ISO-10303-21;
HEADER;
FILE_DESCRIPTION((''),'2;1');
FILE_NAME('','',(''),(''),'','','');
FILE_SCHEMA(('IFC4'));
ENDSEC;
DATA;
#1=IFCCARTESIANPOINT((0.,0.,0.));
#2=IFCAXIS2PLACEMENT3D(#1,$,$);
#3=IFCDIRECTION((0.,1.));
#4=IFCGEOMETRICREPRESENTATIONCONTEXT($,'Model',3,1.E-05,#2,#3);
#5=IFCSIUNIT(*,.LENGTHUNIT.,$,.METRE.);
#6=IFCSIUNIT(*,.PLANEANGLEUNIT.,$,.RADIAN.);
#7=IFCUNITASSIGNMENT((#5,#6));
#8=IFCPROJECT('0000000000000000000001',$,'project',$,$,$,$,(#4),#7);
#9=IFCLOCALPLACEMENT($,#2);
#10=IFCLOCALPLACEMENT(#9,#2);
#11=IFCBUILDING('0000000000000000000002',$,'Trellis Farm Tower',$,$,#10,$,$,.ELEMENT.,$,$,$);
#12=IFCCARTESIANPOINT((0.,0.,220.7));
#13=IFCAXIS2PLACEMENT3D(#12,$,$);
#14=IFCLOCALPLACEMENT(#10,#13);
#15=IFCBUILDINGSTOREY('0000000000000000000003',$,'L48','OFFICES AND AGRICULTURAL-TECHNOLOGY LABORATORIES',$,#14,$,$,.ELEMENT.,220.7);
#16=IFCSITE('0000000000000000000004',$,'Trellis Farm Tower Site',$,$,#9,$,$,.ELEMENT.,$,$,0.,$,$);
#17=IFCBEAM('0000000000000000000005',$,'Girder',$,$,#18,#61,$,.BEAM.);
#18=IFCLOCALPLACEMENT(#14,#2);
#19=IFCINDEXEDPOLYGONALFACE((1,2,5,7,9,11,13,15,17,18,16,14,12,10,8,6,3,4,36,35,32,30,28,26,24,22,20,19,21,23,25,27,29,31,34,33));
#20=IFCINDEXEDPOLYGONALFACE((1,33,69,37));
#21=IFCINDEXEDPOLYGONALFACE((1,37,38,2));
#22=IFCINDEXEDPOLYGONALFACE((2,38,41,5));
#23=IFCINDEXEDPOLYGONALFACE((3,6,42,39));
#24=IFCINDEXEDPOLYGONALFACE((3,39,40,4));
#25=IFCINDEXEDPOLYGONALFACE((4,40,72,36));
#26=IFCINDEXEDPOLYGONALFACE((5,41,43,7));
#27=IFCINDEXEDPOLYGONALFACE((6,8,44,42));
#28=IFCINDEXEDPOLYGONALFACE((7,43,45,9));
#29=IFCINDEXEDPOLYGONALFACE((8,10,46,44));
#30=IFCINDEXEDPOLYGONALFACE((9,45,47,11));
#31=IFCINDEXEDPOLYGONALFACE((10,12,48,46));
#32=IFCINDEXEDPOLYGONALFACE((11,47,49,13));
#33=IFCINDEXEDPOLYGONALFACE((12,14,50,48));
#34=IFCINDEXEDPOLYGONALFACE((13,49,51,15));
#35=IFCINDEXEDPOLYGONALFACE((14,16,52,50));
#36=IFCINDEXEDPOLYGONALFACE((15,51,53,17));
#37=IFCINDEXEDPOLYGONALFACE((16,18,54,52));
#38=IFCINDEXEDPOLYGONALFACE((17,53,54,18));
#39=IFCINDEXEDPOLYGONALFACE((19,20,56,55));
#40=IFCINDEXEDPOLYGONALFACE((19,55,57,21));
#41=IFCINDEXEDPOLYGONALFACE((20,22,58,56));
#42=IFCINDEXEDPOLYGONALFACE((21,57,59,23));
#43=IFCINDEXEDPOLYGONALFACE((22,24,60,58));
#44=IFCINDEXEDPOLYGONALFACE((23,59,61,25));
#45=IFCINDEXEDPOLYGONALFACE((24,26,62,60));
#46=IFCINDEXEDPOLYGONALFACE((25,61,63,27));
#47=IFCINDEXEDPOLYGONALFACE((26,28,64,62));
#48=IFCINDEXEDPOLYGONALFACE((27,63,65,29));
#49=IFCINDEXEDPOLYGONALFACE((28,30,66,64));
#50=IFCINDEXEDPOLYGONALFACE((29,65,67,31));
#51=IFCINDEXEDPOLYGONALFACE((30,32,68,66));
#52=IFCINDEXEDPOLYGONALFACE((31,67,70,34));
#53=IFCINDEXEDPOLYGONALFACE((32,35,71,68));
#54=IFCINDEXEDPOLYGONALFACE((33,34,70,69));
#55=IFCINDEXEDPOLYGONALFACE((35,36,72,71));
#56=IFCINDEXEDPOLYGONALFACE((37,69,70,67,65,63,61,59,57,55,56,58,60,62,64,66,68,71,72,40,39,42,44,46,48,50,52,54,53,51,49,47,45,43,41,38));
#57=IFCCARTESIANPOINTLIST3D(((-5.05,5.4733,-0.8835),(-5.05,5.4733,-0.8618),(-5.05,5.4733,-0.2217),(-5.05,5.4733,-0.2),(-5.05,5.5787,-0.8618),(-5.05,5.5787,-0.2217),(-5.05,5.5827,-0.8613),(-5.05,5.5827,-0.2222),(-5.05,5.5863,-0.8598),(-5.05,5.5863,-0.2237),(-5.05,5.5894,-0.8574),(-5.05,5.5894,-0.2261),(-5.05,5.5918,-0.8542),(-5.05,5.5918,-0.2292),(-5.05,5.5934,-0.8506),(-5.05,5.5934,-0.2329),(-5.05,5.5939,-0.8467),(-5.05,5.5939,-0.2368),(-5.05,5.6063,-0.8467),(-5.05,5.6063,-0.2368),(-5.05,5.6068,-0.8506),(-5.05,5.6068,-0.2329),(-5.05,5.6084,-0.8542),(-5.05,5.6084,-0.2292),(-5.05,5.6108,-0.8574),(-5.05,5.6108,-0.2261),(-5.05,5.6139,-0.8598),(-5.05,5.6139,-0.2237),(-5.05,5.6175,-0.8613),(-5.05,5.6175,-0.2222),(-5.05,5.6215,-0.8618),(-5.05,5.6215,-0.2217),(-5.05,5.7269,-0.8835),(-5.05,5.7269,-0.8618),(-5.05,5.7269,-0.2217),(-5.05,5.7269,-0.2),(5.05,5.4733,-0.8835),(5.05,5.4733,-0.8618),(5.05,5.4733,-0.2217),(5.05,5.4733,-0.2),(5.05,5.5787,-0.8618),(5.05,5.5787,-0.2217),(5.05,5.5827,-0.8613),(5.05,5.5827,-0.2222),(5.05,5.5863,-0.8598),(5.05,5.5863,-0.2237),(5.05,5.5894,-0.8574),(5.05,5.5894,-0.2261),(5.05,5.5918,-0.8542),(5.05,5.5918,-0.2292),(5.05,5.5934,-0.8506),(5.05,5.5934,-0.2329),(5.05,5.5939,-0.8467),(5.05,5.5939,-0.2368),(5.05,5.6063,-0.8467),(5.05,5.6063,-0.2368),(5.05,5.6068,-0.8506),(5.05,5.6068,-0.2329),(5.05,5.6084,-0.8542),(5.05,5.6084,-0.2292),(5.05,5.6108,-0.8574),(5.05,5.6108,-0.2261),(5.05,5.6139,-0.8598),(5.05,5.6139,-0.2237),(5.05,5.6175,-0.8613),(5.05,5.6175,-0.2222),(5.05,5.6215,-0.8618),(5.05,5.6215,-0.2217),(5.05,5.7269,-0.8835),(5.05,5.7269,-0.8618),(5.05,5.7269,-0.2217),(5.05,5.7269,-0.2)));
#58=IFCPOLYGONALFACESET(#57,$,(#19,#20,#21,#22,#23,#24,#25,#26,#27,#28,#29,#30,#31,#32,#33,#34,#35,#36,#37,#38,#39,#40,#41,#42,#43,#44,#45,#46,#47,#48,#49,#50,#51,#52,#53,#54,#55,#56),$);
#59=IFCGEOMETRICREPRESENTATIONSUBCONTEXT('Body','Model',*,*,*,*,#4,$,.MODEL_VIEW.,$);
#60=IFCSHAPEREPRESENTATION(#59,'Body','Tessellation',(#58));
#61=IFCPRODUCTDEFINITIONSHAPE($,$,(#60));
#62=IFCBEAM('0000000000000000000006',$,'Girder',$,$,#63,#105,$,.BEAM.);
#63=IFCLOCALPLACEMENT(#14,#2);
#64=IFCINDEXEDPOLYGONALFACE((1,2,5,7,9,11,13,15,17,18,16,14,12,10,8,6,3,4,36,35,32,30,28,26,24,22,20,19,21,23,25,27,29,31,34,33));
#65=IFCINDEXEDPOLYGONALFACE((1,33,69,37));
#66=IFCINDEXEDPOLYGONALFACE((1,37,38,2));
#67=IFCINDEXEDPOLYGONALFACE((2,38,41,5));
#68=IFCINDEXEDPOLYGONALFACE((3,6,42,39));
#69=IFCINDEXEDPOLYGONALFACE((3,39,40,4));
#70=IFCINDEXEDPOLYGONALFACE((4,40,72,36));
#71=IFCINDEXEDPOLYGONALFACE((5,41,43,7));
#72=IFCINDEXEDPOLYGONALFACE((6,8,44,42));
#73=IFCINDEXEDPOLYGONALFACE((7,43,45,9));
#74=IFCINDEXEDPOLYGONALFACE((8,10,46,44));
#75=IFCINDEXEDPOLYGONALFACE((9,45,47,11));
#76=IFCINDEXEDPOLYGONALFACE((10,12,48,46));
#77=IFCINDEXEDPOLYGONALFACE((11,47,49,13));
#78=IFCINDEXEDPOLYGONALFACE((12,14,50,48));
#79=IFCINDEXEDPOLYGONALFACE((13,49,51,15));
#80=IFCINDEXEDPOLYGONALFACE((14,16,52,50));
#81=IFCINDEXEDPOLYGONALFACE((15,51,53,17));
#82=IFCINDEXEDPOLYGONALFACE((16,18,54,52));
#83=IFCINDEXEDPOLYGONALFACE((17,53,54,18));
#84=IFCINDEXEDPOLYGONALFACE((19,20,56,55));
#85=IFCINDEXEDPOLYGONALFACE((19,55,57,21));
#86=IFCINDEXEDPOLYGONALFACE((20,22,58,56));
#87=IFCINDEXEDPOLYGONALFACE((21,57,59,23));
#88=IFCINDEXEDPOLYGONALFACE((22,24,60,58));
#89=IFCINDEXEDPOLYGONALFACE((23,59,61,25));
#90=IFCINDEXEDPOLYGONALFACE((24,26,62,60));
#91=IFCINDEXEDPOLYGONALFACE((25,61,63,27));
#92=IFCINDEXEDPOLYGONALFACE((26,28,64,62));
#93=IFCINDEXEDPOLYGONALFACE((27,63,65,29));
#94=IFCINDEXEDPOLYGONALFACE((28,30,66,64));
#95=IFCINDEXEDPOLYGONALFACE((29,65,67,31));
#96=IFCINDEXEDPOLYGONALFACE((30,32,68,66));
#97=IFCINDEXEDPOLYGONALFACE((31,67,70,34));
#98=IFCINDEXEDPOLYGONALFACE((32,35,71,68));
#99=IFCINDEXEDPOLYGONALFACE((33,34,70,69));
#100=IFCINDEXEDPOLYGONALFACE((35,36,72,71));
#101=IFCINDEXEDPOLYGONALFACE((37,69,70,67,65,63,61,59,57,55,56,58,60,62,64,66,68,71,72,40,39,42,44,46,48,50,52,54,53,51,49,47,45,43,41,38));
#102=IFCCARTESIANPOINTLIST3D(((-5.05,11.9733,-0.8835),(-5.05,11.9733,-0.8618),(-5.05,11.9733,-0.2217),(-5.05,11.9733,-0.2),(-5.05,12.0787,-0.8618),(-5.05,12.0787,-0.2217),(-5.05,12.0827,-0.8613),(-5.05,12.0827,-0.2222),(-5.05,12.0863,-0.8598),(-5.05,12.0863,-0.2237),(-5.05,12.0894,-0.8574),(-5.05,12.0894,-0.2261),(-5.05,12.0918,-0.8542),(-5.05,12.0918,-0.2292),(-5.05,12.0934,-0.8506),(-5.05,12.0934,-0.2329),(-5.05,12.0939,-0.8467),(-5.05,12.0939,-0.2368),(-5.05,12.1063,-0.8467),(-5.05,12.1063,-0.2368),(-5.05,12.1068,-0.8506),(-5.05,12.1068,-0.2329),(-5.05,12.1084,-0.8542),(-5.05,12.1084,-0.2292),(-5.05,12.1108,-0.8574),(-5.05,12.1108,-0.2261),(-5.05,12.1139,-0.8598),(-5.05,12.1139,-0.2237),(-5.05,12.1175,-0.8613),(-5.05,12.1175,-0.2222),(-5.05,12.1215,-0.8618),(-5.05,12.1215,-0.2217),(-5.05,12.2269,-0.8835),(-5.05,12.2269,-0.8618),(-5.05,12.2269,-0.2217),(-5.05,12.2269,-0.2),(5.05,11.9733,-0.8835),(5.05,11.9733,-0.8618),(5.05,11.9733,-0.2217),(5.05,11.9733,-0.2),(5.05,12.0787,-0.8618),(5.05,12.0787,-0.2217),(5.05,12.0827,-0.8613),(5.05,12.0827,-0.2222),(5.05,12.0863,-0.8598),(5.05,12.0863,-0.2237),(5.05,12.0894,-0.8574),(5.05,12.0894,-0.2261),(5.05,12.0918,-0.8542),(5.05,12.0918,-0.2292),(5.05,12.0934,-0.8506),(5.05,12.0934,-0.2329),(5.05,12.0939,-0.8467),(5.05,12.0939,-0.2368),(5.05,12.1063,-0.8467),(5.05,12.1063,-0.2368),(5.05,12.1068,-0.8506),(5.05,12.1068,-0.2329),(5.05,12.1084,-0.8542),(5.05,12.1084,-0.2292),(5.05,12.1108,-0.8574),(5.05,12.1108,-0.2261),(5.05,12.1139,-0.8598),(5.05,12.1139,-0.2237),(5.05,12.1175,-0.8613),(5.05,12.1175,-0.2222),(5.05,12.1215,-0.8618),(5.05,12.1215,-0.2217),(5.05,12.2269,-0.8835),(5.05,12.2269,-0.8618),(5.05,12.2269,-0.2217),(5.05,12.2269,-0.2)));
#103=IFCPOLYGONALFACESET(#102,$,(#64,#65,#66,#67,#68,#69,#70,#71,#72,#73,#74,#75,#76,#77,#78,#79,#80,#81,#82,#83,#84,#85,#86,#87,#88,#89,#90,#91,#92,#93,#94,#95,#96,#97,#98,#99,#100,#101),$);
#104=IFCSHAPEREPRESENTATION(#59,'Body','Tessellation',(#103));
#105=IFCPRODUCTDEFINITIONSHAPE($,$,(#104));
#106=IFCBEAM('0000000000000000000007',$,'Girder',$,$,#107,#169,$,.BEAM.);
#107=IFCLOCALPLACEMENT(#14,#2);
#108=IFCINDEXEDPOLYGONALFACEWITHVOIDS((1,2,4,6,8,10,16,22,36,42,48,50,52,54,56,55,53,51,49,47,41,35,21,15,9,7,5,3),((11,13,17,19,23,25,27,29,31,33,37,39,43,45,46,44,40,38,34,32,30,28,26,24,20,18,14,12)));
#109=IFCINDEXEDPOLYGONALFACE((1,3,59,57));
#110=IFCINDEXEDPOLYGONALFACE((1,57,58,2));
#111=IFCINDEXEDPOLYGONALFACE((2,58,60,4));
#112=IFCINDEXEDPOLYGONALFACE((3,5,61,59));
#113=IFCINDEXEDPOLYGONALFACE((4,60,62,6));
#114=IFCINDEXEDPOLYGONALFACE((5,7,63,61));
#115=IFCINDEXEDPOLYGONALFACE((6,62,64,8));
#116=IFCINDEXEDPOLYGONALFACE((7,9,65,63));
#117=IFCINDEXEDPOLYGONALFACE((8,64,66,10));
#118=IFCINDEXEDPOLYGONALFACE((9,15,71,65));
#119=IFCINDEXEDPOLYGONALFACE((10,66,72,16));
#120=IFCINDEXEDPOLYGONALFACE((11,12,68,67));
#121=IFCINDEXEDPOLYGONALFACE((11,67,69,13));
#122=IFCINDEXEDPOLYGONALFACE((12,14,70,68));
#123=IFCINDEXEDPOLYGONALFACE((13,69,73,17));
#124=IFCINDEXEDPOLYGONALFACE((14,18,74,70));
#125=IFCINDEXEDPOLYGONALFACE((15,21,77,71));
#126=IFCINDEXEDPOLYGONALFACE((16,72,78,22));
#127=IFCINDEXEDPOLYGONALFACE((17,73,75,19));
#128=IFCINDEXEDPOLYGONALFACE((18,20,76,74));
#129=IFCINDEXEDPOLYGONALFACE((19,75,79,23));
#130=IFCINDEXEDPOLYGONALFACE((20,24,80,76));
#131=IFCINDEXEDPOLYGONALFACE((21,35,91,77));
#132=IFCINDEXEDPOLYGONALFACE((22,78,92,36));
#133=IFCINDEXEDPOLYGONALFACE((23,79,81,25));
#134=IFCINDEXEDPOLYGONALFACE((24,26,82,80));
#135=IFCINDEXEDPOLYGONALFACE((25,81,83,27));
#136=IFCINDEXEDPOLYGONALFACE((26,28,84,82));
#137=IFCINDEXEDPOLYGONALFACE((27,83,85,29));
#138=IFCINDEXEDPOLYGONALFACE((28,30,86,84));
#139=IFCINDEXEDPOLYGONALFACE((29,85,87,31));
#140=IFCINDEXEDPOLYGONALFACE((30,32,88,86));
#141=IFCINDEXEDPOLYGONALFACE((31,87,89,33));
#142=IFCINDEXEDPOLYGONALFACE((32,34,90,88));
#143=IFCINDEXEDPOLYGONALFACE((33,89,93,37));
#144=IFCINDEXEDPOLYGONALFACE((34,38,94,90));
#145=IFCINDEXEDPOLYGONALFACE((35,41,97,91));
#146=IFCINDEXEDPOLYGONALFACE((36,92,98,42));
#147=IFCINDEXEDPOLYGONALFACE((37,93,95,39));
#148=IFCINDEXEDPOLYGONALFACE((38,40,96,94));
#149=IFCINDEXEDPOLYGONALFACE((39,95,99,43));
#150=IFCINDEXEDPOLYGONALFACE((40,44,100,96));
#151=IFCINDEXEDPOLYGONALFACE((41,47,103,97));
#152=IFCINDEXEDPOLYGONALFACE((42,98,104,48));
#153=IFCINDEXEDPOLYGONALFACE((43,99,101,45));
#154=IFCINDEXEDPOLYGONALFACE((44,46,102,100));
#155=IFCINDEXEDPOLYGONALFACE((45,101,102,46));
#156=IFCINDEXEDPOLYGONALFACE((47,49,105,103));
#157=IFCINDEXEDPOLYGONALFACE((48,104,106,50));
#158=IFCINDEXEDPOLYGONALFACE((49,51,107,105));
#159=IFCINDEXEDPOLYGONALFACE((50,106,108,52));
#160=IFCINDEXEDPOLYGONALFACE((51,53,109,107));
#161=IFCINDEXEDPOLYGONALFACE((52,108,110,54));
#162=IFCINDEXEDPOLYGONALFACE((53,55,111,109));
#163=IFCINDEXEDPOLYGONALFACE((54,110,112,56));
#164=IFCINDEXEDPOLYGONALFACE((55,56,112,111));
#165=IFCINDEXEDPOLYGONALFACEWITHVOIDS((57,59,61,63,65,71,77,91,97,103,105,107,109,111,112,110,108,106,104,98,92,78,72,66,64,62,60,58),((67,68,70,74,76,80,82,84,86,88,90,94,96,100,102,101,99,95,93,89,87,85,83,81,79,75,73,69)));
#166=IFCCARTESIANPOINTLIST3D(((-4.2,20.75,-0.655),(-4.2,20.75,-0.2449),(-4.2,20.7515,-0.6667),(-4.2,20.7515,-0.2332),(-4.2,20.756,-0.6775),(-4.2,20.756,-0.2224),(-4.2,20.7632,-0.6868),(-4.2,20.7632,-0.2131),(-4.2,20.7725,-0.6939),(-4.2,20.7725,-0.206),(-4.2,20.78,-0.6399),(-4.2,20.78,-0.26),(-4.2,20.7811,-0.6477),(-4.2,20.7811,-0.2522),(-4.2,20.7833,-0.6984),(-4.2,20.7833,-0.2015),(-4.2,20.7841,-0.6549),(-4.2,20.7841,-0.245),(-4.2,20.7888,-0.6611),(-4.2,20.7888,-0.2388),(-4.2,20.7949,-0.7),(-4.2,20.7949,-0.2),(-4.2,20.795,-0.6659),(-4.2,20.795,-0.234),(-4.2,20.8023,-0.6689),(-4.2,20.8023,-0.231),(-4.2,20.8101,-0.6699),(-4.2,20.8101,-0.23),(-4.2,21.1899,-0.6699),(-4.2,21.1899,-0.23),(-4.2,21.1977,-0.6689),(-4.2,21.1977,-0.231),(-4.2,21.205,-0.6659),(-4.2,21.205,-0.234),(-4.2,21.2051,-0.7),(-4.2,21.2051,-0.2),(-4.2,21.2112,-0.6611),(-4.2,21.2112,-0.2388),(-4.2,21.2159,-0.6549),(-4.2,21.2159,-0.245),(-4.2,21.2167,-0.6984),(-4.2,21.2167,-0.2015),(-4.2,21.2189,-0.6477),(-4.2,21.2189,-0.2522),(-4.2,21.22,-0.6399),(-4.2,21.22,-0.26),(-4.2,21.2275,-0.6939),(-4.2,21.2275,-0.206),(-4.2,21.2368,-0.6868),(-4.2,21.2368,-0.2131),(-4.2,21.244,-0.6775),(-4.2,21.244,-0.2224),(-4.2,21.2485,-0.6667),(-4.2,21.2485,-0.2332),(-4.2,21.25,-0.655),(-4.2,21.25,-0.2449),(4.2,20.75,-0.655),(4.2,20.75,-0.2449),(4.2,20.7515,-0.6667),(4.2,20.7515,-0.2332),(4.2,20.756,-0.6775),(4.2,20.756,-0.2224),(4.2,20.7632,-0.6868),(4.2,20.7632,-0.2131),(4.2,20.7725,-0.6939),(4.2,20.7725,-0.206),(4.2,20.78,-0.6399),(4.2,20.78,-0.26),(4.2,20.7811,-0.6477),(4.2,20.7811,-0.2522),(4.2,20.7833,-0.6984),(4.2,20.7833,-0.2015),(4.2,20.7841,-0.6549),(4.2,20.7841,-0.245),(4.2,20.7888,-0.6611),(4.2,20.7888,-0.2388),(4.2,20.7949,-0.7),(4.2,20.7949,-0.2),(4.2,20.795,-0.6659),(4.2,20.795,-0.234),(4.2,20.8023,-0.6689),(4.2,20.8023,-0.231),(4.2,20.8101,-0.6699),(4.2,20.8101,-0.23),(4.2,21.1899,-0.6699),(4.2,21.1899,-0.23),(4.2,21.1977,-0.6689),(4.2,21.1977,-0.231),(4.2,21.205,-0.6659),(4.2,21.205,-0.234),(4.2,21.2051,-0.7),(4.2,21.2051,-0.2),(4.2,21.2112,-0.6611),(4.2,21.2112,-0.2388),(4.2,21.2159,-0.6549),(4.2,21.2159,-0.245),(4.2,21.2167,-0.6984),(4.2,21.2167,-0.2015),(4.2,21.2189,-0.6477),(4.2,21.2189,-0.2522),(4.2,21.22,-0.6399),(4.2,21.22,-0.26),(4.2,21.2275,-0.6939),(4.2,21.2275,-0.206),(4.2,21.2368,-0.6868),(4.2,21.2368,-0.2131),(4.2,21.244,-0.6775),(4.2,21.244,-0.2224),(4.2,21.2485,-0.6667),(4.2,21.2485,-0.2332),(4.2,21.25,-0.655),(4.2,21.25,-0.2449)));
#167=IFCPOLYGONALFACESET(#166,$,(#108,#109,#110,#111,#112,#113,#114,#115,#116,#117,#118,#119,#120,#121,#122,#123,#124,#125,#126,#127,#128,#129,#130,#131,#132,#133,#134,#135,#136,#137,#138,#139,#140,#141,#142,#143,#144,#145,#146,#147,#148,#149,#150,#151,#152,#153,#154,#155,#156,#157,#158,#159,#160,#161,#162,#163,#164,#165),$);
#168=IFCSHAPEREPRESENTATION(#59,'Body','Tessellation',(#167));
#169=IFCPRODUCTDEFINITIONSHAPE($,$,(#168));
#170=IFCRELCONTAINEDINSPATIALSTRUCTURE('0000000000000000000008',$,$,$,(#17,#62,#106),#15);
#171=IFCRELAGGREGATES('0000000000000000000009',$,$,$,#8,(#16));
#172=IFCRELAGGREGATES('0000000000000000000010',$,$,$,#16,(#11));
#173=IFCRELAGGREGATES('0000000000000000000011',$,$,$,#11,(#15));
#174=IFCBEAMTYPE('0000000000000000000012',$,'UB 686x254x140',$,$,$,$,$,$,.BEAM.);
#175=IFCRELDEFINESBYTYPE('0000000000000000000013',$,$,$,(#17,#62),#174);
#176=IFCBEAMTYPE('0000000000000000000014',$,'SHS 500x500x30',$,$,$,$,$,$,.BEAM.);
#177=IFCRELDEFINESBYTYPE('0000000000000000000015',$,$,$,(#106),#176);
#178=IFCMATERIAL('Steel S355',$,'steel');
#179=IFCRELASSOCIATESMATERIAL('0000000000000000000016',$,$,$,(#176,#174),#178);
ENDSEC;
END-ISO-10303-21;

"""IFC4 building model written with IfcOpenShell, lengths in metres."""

from ifc_helpers import new_model, si_unit, direction, frame, origin, origin_2d, place, context, subcontext, project, spatial, hollow_rectangle, i_section, extrude, source, transform, mapped, material, material_profile, profile_set, type_object, element, save


model = new_model("IFC4")

# Units and contexts
model_context = context("Model", 3, precision=1e-05, world=origin(), true_north=direction((0.0, 1.0)))
body_context = subcontext(model_context, "Body", "Model", "MODEL_VIEW")
ifc_project = project(units=[si_unit("LENGTHUNIT", "METRE"), si_unit("PLANEANGLEUNIT", "RADIAN")], contexts=[model_context])

# Site, building, storey
site_placement = place(None, origin())
site = spatial("IfcSite", under=ifc_project, at=site_placement, Name="Trellis Farm Tower Site", CompositionType="ELEMENT", RefElevation=0.0)
building_placement = place(site_placement, origin())
building = spatial("IfcBuilding", under=site, at=building_placement, Name="Trellis Farm Tower", CompositionType="ELEMENT")
storey_placement = place(building_placement, frame((0.0, 0.0, 220.7)))
storey = spatial("IfcBuildingStorey", under=building, at=storey_placement, Name="L48", Description="OFFICES AND AGRICULTURAL-TECHNOLOGY LABORATORIES", CompositionType="ELEMENT", Elevation=220.7)

# Beams
ifc_material_1 = material(Name="Steel S355", Category="steel")
ifc_material_profile_1 = material_profile(ifc_material_1, hollow_rectangle(XDim=0.5, YDim=0.5, WallThickness=0.03, InnerFilletRadius=0.03, OuterFilletRadius=0.0449, at=origin_2d()), Name="SHS 500x500x30")
ifc_profile_set_1 = profile_set([ifc_material_profile_1], Name="Steel S355")
beam_type_1 = type_object("IfcBeamType", Name="SHS 500x500x30", PredefinedType="BEAM", material=ifc_profile_set_1)
ifc_material_profile_2 = material_profile(ifc_material_1, i_section(OverallWidth=0.2537, OverallDepth=0.6836, WebThickness=0.0125, FlangeThickness=0.0217, FilletRadius=0.0151, at=origin_2d()), Name="UB 686x254x140")
ifc_profile_set_2 = profile_set([ifc_material_profile_2], Name="Steel S355")
beam_type_2 = type_object("IfcBeamType", Name="UB 686x254x140", PredefinedType="BEAM", material=ifc_profile_set_2)
shared_shape_1 = source(origin(), body_context, "Body", "SweptSolid", [
    extrude(i_section(OverallWidth=0.2537, OverallDepth=0.6836, WebThickness=0.0125, FlangeThickness=0.0217, FilletRadius=0.0151, at=origin_2d()), origin(), (0.0, 0.0, 1.0), 10.1001),
])
for number, where, z_axis, x_axis, name in (
    (1, (-5.05, 5.6001, -0.5417), (1.0, 0.0, 0.0), (0.0, 1.0, 0.0), "Girder"),
    (2, (-5.05, 12.1001, -0.5417), (1.0, 0.0, 0.0), (0.0, 1.0, 0.0), "Girder"),
):
    element("IfcBeam", number, at=place(storey_placement, frame(where, z_axis=z_axis, x_axis=x_axis)), inside=storey, type_object=beam_type_2, Name=name, PredefinedType="BEAM", context=body_context, shape_type="MappedRepresentation", body=[
        mapped(shared_shape_1, transform((0.0, 0.0, 0.0))),
    ])
shared_shape_2 = source(origin(), body_context, "Body", "SweptSolid", [
    extrude(hollow_rectangle(XDim=0.5, YDim=0.5, WallThickness=0.03, InnerFilletRadius=0.03, OuterFilletRadius=0.0449, at=origin_2d()), origin(), (0.0, 0.0, 1.0), 8.3999),
])
beam_1_placement = place(storey_placement, frame((-4.2, 21.0, -0.45), z_axis=(1.0, 0.0, 0.0), x_axis=(0.0, 1.0, 0.0)))
element("IfcBeam", 3, at=beam_1_placement, inside=storey, type_object=beam_type_1, Name="Girder", PredefinedType="BEAM", context=body_context, shape_type="MappedRepresentation", body=[
    mapped(shared_shape_2, transform((0.0, 0.0, 0.0))),
])

save(model, "model.ifc")
